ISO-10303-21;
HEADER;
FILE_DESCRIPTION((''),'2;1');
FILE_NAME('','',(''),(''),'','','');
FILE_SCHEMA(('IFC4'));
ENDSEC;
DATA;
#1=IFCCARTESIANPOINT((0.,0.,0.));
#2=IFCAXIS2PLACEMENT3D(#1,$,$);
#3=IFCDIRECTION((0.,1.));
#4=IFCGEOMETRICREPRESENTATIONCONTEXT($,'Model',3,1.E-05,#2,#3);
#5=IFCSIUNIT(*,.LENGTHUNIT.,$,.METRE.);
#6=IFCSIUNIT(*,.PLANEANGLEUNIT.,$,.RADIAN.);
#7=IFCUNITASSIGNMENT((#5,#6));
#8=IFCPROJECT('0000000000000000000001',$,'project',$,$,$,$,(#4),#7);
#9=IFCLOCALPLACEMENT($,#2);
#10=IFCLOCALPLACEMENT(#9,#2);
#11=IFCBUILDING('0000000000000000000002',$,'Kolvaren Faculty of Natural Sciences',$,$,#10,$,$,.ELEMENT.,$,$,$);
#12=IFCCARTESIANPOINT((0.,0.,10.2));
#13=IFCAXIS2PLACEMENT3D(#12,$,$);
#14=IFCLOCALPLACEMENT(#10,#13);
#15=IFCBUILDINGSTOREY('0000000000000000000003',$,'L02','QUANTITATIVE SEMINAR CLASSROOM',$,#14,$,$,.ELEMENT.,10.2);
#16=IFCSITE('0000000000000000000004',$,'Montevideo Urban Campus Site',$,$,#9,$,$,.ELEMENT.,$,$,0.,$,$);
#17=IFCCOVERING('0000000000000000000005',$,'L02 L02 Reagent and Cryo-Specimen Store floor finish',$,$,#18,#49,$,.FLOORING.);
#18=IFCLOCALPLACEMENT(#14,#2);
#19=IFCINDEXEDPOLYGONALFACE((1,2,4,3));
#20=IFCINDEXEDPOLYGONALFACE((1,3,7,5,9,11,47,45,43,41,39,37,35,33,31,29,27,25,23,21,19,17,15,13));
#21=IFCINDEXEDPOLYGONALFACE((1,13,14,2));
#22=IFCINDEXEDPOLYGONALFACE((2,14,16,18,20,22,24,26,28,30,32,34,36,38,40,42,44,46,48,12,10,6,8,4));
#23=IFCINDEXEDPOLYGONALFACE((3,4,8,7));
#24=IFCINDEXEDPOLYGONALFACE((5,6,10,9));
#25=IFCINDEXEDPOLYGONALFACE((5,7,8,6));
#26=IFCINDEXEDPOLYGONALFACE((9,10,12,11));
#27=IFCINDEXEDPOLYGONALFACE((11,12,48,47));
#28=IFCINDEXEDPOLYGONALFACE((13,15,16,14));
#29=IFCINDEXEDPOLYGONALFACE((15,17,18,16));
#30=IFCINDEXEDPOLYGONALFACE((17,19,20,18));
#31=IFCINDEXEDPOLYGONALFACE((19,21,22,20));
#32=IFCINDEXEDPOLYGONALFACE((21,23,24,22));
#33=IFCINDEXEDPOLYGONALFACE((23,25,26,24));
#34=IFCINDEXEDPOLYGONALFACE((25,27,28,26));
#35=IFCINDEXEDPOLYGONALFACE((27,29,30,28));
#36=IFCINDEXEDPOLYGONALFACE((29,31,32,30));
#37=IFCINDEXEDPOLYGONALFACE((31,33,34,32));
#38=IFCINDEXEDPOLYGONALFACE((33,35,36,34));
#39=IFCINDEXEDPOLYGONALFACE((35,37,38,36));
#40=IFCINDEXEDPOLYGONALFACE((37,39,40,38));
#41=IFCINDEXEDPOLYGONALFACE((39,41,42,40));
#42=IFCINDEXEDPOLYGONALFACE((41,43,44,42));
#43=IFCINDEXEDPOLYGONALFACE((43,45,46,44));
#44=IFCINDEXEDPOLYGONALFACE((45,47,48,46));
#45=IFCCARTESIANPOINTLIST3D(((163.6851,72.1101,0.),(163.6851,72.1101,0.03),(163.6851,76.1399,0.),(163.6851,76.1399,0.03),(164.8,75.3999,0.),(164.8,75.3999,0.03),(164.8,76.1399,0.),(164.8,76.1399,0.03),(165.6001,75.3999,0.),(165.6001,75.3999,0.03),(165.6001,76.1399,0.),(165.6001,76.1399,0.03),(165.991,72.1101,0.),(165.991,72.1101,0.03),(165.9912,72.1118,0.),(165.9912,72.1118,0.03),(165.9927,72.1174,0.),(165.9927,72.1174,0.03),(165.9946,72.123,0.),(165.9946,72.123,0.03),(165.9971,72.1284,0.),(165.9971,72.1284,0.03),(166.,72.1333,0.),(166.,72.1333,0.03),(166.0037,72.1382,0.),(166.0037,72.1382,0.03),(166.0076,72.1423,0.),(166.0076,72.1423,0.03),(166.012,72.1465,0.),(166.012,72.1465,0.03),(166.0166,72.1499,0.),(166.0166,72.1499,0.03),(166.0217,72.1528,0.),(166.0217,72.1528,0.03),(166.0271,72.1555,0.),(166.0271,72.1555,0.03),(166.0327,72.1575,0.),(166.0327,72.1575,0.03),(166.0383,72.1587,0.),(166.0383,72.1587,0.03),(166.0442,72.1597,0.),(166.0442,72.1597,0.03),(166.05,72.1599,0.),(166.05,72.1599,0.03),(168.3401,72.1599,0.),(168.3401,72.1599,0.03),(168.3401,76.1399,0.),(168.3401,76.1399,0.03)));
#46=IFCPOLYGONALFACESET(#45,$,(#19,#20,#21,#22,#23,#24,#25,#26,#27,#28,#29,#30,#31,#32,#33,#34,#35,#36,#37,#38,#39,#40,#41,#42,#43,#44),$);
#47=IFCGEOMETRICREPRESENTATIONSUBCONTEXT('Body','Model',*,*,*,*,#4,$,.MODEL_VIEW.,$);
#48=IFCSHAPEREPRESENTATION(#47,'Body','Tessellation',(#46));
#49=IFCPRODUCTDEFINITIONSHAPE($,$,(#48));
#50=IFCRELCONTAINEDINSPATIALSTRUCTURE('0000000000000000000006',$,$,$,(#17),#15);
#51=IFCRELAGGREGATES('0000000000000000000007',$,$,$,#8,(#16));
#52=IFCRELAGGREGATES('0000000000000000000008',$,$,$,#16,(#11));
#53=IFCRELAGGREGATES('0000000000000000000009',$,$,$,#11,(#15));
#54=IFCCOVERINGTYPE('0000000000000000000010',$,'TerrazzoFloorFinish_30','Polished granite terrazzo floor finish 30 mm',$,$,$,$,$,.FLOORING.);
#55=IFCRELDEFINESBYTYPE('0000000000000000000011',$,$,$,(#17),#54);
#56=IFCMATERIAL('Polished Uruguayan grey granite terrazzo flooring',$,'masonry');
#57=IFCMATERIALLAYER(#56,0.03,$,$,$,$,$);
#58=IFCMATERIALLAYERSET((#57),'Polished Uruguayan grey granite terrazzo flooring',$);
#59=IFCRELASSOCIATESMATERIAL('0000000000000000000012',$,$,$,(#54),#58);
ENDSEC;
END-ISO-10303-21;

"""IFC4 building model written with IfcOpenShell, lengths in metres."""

from ifc_helpers import new_model, si_unit, direction, frame, origin, place, context, subcontext, project, spatial, polyline, outline, extrude, material, layer, layer_set, type_object, element, save


model = new_model("IFC4")

# Units and contexts
model_context = context("Model", 3, precision=1e-05, world=origin(), true_north=direction((0.0, 1.0)))
body_context = subcontext(model_context, "Body", "Model", "MODEL_VIEW")
ifc_project = project(units=[si_unit("LENGTHUNIT", "METRE"), si_unit("PLANEANGLEUNIT", "RADIAN")], contexts=[model_context])

# Site, building, storey
site_placement = place(None, origin())
site = spatial("IfcSite", under=ifc_project, at=site_placement, Name="Montevideo Urban Campus Site", CompositionType="ELEMENT", RefElevation=0.0)
building_placement = place(site_placement, origin())
building = spatial("IfcBuilding", under=site, at=building_placement, Name="Kolvaren Faculty of Natural Sciences", CompositionType="ELEMENT")
storey_placement = place(building_placement, frame((0.0, 0.0, 10.2)))
storey = spatial("IfcBuildingStorey", under=building, at=storey_placement, Name="L02", Description="QUANTITATIVE SEMINAR CLASSROOM", CompositionType="ELEMENT", Elevation=10.2)

# Covering
ifc_material_1 = material(Name="Polished Uruguayan grey granite terrazzo flooring", Category="masonry")
ifc_layer_1 = layer(ifc_material_1, 0.03)
ifc_layer_set_1 = layer_set([ifc_layer_1], Name="Polished Uruguayan grey granite terrazzo flooring")
covering_type_1 = type_object("IfcCoveringType", Name="TerrazzoFloorFinish_30", Description="Polished granite terrazzo floor finish 30 mm", PredefinedType="FLOORING", material=ifc_layer_set_1)
covering_1_placement = place(storey_placement, origin())
element("IfcCovering", 1, at=covering_1_placement, inside=storey, type_object=covering_type_1, Name="L02 L02 Reagent and Cryo-Specimen Store floor finish", PredefinedType="FLOORING", context=body_context, shape_type="SweptSolid", body=[
    extrude(outline(polyline([(163.6851, 72.1101), (163.6851, 76.1399), (164.8, 76.1399), (164.8, 75.3999), (165.6001, 75.3999), (165.6001, 76.1399), (168.3401, 76.1399), (168.3401, 72.1599), (166.05, 72.1599), (166.0442, 72.1597), (166.0383, 72.1587), (166.0327, 72.1575), (166.0271, 72.1555), (166.0217, 72.1528), (166.0166, 72.1499), (166.012, 72.1465), (166.0076, 72.1423), (166.0037, 72.1382), (166.0, 72.1333), (165.9971, 72.1284), (165.9946, 72.123), (165.9927, 72.1174), (165.9912, 72.1118), (165.991, 72.1101), (163.6851, 72.1101)])), origin(), (0.0, 0.0, 1.0), 0.03),
])

save(model, "model.ifc")
